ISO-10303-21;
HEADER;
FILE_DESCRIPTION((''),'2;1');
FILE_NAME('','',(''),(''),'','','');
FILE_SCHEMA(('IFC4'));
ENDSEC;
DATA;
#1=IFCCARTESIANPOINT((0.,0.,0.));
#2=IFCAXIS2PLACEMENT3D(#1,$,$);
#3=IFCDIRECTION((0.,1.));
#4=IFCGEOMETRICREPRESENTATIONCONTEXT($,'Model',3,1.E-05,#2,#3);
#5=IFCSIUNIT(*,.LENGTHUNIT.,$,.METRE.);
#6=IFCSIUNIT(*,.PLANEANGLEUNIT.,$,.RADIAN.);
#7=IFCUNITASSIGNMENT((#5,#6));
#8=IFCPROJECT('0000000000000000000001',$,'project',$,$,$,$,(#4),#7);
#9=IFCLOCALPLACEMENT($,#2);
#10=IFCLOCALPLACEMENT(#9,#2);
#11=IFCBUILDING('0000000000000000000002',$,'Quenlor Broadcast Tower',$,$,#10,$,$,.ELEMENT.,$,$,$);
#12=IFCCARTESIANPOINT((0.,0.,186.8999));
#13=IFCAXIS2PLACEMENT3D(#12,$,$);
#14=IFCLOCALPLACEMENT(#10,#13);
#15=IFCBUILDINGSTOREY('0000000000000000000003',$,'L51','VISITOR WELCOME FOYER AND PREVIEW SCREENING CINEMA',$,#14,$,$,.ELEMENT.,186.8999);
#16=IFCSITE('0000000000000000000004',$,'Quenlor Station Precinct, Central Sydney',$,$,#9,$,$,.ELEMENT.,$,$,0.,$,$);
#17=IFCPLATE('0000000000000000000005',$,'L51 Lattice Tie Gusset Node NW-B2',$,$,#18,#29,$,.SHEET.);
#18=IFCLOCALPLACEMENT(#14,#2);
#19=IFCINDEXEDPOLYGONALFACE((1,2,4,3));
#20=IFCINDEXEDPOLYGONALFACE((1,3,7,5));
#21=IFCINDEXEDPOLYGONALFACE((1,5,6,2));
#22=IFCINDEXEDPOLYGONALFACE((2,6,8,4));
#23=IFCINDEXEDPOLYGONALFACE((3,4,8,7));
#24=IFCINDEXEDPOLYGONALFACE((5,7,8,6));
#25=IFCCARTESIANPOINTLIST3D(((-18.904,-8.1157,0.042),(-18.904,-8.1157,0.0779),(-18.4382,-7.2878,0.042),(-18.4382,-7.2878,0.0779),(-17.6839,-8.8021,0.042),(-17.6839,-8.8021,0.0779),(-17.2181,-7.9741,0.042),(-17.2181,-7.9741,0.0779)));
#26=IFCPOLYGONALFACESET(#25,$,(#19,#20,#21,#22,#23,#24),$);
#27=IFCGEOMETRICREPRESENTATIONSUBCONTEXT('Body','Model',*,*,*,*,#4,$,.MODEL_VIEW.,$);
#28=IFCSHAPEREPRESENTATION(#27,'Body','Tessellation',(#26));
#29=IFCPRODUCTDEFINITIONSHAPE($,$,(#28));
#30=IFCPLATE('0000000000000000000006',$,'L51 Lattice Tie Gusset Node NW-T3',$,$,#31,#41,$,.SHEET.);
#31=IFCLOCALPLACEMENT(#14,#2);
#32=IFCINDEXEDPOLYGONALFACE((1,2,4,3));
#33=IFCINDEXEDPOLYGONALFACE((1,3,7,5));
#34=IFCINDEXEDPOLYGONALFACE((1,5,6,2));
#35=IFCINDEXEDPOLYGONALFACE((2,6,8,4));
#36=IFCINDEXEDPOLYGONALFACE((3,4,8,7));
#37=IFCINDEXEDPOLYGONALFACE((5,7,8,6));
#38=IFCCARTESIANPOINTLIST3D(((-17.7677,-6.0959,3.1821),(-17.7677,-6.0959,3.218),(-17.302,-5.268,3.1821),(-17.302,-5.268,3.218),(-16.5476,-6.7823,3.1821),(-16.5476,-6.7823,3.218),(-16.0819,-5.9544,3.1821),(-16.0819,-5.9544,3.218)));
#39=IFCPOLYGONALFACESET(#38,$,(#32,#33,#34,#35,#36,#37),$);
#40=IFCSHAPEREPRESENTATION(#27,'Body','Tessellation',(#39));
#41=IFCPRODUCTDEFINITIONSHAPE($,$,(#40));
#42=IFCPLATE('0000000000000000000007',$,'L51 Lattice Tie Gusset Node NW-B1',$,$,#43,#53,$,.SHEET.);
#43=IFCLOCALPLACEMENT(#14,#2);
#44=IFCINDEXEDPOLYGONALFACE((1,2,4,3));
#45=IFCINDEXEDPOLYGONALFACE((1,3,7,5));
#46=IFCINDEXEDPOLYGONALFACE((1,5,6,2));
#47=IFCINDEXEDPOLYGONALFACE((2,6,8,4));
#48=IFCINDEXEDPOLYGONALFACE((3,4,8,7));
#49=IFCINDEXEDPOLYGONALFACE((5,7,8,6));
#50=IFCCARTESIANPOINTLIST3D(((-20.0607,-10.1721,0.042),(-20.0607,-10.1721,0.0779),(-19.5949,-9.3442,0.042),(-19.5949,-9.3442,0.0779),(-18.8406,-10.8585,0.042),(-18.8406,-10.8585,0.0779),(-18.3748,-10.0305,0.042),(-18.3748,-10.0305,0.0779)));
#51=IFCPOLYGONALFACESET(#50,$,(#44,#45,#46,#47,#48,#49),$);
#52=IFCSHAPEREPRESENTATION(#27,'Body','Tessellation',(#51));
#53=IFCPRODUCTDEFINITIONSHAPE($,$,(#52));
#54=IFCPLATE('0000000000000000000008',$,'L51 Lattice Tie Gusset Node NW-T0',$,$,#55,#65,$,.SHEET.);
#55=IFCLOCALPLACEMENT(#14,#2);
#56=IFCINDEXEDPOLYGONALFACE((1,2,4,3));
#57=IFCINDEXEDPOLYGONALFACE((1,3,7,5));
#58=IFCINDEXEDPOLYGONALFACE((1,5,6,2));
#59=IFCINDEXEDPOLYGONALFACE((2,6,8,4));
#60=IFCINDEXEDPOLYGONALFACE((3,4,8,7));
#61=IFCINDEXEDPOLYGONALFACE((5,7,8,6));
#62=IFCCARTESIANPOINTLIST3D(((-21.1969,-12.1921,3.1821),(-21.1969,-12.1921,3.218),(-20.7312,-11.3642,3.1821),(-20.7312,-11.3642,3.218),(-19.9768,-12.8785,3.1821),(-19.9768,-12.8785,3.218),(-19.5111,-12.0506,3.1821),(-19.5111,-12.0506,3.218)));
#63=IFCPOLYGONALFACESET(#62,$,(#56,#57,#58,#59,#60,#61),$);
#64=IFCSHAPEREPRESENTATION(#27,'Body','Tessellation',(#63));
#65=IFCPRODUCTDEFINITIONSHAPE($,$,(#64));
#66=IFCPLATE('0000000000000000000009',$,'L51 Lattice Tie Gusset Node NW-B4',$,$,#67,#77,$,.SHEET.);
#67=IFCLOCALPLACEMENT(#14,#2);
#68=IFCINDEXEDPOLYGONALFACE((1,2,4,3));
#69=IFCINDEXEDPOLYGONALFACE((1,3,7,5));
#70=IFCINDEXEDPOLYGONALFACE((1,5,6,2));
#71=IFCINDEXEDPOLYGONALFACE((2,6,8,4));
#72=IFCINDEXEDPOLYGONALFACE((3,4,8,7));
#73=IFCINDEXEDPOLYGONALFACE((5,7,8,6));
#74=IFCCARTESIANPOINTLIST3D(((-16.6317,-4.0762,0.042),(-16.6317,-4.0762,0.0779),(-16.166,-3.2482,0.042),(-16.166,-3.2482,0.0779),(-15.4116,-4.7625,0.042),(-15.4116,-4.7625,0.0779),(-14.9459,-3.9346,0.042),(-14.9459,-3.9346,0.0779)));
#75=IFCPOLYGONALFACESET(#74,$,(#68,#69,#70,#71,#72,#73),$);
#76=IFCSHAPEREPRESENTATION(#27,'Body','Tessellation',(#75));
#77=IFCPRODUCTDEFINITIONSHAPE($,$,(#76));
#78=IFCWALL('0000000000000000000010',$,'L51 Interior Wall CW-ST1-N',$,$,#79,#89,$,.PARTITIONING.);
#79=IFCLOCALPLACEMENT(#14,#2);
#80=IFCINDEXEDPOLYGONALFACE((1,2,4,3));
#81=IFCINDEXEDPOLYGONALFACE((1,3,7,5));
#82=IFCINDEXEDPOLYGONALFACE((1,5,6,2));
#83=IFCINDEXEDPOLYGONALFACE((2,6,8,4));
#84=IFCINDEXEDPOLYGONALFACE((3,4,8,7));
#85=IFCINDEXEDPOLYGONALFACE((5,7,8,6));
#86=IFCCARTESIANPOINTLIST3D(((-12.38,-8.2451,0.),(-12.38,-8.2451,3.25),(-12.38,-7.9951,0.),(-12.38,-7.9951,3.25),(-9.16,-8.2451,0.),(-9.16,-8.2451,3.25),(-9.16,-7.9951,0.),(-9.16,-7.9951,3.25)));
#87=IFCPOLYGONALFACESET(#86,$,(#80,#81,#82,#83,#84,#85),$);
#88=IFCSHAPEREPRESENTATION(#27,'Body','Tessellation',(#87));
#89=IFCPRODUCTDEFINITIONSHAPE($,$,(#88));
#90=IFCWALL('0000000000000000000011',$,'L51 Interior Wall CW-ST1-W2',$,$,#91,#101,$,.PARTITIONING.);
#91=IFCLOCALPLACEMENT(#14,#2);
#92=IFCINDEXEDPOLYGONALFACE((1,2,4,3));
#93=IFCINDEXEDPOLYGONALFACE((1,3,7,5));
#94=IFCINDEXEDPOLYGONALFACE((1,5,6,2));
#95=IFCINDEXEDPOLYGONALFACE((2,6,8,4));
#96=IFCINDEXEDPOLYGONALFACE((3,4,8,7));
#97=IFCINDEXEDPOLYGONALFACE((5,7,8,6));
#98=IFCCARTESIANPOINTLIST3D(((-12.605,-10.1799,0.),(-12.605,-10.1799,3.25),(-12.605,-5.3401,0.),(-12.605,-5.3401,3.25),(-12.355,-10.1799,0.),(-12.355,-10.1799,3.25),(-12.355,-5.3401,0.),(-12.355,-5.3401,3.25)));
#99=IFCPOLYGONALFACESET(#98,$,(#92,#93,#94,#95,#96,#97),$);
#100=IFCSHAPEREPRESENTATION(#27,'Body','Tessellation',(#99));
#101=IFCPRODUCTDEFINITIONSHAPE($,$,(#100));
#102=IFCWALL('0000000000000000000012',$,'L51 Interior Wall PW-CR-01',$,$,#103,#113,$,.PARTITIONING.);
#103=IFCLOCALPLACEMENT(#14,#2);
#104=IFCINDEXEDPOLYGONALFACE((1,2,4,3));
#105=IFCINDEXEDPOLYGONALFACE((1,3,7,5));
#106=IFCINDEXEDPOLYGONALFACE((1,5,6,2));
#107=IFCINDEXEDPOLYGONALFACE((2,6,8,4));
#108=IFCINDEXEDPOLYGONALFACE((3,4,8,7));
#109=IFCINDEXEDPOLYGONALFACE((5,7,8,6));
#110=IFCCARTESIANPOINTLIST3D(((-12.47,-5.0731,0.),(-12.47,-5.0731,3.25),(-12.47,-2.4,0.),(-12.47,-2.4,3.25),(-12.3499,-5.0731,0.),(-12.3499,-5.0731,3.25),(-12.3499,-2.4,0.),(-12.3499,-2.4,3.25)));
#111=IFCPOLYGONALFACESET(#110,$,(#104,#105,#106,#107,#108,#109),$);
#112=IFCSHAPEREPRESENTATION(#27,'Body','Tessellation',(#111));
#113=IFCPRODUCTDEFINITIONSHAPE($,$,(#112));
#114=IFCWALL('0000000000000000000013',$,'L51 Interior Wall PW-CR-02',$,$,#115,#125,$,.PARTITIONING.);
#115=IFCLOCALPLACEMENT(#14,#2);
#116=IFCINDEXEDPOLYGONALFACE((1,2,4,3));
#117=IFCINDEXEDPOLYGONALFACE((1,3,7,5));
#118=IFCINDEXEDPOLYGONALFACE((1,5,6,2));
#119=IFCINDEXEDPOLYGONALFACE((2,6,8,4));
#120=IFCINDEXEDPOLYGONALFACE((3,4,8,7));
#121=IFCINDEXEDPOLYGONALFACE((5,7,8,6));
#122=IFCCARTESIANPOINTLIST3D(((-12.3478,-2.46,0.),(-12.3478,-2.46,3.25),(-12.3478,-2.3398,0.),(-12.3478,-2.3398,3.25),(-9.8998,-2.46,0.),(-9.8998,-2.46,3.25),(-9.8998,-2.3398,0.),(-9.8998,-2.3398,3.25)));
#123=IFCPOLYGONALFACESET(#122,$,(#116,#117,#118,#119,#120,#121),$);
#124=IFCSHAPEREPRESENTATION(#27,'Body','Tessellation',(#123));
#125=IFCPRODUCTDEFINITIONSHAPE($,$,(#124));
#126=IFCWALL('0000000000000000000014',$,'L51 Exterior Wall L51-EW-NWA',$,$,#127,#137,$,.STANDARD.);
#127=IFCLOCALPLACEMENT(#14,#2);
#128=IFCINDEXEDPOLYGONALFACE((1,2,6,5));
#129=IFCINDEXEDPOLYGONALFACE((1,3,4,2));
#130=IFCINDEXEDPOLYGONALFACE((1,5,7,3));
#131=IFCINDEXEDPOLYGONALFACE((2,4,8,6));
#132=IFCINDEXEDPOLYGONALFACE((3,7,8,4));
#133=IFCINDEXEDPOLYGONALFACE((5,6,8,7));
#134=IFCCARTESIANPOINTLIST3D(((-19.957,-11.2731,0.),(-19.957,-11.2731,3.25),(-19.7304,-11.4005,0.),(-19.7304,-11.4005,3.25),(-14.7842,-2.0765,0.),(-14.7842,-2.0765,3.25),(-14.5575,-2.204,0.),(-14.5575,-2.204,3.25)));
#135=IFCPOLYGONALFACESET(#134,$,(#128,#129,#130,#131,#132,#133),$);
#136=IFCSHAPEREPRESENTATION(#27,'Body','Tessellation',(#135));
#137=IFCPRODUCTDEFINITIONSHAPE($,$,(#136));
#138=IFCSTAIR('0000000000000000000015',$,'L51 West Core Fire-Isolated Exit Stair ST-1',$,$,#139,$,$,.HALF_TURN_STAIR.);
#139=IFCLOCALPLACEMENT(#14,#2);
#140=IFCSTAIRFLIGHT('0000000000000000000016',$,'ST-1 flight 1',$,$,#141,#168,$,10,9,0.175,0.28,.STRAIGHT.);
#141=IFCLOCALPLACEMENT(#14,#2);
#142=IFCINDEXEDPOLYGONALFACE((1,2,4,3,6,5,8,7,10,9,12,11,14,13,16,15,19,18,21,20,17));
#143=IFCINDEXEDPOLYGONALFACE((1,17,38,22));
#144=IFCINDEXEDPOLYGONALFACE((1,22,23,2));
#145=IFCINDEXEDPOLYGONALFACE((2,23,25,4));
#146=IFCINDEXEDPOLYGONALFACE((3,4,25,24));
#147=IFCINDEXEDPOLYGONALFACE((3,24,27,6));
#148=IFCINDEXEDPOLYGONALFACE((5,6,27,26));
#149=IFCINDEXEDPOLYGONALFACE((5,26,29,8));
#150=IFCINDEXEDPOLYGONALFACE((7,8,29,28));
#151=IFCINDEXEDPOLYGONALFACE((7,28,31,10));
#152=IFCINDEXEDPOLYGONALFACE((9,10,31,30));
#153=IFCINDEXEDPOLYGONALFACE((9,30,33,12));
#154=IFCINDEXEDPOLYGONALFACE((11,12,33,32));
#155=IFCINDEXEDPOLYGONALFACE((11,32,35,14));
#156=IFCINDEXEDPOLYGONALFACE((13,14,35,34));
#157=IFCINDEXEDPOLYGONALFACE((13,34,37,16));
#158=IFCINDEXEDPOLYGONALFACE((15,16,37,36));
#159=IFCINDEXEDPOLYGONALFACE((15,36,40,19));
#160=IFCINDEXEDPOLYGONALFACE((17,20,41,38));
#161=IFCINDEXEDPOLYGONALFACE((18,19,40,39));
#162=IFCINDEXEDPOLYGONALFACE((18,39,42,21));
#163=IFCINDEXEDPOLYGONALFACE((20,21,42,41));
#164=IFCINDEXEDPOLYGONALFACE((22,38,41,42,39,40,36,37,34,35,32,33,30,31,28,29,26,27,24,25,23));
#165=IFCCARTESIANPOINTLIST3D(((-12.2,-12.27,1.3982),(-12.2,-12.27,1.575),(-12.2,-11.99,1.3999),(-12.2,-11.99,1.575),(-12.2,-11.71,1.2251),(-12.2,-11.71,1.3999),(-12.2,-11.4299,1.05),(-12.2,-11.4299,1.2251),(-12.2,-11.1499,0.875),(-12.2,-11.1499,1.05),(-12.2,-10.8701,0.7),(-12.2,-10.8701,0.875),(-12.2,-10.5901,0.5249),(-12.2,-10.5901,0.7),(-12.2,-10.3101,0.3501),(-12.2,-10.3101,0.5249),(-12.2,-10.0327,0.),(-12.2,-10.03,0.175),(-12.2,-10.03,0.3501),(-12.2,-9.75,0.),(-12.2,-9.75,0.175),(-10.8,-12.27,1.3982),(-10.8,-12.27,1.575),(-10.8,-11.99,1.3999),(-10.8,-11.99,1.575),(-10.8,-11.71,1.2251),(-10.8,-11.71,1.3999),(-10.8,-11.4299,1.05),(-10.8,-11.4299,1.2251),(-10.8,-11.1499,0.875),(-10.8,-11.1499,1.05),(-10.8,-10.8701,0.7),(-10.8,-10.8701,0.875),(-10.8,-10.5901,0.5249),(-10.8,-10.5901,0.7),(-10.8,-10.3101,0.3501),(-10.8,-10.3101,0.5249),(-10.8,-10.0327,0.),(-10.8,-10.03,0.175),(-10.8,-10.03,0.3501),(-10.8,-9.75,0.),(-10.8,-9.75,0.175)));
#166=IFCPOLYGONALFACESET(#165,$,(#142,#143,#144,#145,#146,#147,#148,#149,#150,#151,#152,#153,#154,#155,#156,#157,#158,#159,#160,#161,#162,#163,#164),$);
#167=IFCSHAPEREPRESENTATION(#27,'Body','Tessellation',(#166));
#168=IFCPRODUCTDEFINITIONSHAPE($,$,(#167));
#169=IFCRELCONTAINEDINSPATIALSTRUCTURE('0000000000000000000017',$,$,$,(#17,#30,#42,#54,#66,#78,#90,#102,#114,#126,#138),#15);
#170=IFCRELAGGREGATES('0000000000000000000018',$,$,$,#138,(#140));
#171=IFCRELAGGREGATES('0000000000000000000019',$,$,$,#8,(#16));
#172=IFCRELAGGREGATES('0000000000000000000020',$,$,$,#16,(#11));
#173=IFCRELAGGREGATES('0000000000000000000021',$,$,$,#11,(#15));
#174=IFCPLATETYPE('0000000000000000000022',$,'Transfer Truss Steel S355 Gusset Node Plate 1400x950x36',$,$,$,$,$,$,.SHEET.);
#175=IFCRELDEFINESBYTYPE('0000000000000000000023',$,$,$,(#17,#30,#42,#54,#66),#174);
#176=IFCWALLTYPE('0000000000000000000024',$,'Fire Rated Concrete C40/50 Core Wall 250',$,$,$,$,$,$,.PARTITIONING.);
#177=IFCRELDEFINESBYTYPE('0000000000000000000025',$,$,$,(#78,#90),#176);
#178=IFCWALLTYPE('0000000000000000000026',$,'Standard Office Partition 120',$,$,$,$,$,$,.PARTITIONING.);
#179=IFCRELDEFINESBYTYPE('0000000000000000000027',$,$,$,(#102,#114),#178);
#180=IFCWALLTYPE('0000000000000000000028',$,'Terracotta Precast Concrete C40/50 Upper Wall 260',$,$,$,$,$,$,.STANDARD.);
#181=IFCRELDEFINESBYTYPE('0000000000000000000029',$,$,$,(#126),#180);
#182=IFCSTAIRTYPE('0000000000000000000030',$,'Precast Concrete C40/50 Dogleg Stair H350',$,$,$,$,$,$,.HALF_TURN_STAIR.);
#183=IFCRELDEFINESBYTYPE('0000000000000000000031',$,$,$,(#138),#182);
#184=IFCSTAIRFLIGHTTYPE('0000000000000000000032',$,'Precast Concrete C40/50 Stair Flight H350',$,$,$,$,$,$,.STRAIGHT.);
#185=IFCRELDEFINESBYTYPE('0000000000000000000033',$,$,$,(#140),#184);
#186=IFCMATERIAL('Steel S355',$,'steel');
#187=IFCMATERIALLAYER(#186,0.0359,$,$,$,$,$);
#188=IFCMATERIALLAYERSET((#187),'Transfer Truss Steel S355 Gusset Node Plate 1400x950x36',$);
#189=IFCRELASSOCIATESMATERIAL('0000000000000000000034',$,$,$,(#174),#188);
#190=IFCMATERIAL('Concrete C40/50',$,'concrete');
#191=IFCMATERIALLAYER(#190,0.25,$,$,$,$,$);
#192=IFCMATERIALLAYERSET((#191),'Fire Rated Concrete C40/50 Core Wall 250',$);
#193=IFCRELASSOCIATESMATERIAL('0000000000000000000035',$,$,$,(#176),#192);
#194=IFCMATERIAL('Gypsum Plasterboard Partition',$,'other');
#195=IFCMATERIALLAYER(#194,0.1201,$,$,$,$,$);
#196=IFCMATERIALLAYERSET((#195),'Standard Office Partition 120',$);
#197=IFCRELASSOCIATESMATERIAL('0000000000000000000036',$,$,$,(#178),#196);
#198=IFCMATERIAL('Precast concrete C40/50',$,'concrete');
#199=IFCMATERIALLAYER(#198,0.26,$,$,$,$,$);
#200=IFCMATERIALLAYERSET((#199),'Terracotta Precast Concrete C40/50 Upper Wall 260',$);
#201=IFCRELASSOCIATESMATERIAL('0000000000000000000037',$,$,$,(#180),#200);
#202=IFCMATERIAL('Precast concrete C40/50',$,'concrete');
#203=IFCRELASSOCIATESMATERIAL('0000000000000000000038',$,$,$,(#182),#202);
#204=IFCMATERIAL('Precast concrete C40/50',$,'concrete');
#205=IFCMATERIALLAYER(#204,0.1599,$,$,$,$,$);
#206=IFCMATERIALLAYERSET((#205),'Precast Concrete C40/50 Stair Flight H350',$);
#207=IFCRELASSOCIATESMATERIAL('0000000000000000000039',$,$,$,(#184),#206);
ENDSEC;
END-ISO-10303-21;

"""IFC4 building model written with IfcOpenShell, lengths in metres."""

from ifc_helpers import new_model, si_unit, direction, frame, frame_2d, origin, origin_2d, place, context, subcontext, project, spatial, polyline, rectangle, outline, extrude, material, layer, layer_set, type_object, element, aggregate, save


model = new_model("IFC4")

# Units and contexts
model_context = context("Model", 3, precision=1e-05, world=origin(), true_north=direction((0.0, 1.0)))
body_context = subcontext(model_context, "Body", "Model", "MODEL_VIEW")
ifc_project = project(units=[si_unit("LENGTHUNIT", "METRE"), si_unit("PLANEANGLEUNIT", "RADIAN")], contexts=[model_context])

# Site, building, storey
site_placement = place(None, origin())
site = spatial("IfcSite", under=ifc_project, at=site_placement, Name="Quenlor Station Precinct, Central Sydney", CompositionType="ELEMENT", RefElevation=0.0)
building_placement = place(site_placement, origin())
building = spatial("IfcBuilding", under=site, at=building_placement, Name="Quenlor Broadcast Tower", CompositionType="ELEMENT")
storey_placement = place(building_placement, frame((0.0, 0.0, 186.8999)))
storey = spatial("IfcBuildingStorey", under=building, at=storey_placement, Name="L51", Description="VISITOR WELCOME FOYER AND PREVIEW SCREENING CINEMA", CompositionType="ELEMENT", Elevation=186.8999)

# Plates
ifc_material_1 = material(Name="Steel S355", Category="steel")
ifc_layer_1 = layer(ifc_material_1, 0.0359)
ifc_layer_set_1 = layer_set([ifc_layer_1], Name="Transfer Truss Steel S355 Gusset Node Plate 1400x950x36")
plate_type = type_object("IfcPlateType", Name="Transfer Truss Steel S355 Gusset Node Plate 1400x950x36", PredefinedType="SHEET", material=ifc_layer_set_1)
for number, where, z_axis, x_axis, name in (
    (1, (-18.061, -8.0449, 0.042), (0.0, 0.0, 1.0), (-0.871556, 0.490295, 0.0), "L51 Lattice Tie Gusset Node NW-B2"),
    (2, (-16.9248, -6.0251, 3.1821), (0.0, 0.0, 1.0), (-0.871556, 0.490295, 0.0), "L51 Lattice Tie Gusset Node NW-T3"),
    (3, (-19.2178, -10.1013, 0.042), (0.0, 0.0, 1.0), (-0.871556, 0.490295, 0.0), "L51 Lattice Tie Gusset Node NW-B1"),
    (4, (-20.354, -12.1213, 3.1821), (0.0, 0.0, 1.0), (-0.871556, 0.490295, 0.0), "L51 Lattice Tie Gusset Node NW-T0"),
    (5, (-15.7888, -4.0054, 0.042), (0.0, 0.0, 1.0), (-0.871556, 0.490295, 0.0), "L51 Lattice Tie Gusset Node NW-B4"),
):
    element("IfcPlate", number, at=place(storey_placement, frame(where, z_axis=z_axis, x_axis=x_axis)), inside=storey, type_object=plate_type, Name=name, PredefinedType="SHEET", context=body_context, shape_type="SweptSolid", body=[
        extrude(rectangle(XDim=1.3999, YDim=0.95, at=origin_2d()), origin(), (0.0, 0.0, 1.0), 0.0359),
    ])

# Walls
ifc_material_2 = material(Name="Concrete C40/50", Category="concrete")
ifc_layer_2 = layer(ifc_material_2, 0.25)
ifc_layer_set_2 = layer_set([ifc_layer_2], Name="Fire Rated Concrete C40/50 Core Wall 250")
wall_type_1 = type_object("IfcWallType", Name="Fire Rated Concrete C40/50 Core Wall 250", PredefinedType="PARTITIONING", material=ifc_layer_set_2)
wall_1_placement = place(storey_placement, frame((-12.3799, -8.1201, 0.0), z_axis=(0.0, 0.0, 1.0), x_axis=(1.0, 0.0, 0.0)))
element("IfcWall", 6, at=wall_1_placement, inside=storey, type_object=wall_type_1, Name="L51 Interior Wall CW-ST1-N", PredefinedType="PARTITIONING", context=body_context, shape_type="SweptSolid", body=[
    extrude(rectangle(XDim=3.22, YDim=0.25, at=frame_2d((1.6099, 0.0))), origin(), (0.0, 0.0, 1.0), 3.25),
])
wall_2_placement = place(storey_placement, frame((-12.48, -10.1799, 0.0), z_axis=(0.0, 0.0, 1.0), x_axis=(0.0, 1.0, 0.0)))
element("IfcWall", 7, at=wall_2_placement, inside=storey, type_object=wall_type_1, Name="L51 Interior Wall CW-ST1-W2", PredefinedType="PARTITIONING", context=body_context, shape_type="SweptSolid", body=[
    extrude(rectangle(XDim=4.8398, YDim=0.25, at=frame_2d((2.4199, 0.0))), origin(), (0.0, 0.0, 1.0), 3.25),
])

# Walls
ifc_material_3 = material(Name="Gypsum Plasterboard Partition", Category="other")
ifc_layer_3 = layer(ifc_material_3, 0.1201)
ifc_layer_set_3 = layer_set([ifc_layer_3], Name="Standard Office Partition 120")
wall_type_2 = type_object("IfcWallType", Name="Standard Office Partition 120", PredefinedType="PARTITIONING", material=ifc_layer_set_3)
wall_3_placement = place(storey_placement, frame((-12.4099, -5.073, 0.0), z_axis=(0.0, 0.0, 1.0), x_axis=(0.0, 1.0, 0.0)))
element("IfcWall", 8, at=wall_3_placement, inside=storey, type_object=wall_type_2, Name="L51 Interior Wall PW-CR-01", PredefinedType="PARTITIONING", context=body_context, shape_type="SweptSolid", body=[
    extrude(rectangle(XDim=2.6731, YDim=0.1201, at=frame_2d((1.3364, 0.0))), origin(), (0.0, 0.0, 1.0), 3.25),
])
wall_4_placement = place(storey_placement, frame((-12.3479, -2.3999, 0.0), z_axis=(0.0, 0.0, 1.0), x_axis=(1.0, 0.0, 0.0)))
element("IfcWall", 9, at=wall_4_placement, inside=storey, type_object=wall_type_2, Name="L51 Interior Wall PW-CR-02", PredefinedType="PARTITIONING", context=body_context, shape_type="SweptSolid", body=[
    extrude(rectangle(XDim=2.448, YDim=0.1201, at=frame_2d((1.2241, 0.0))), origin(), (0.0, 0.0, 1.0), 3.25),
])
ifc_material_4 = material(Name="Precast concrete C40/50", Category="concrete")
ifc_layer_4 = layer(ifc_material_4, 0.26)
ifc_layer_set_4 = layer_set([ifc_layer_4], Name="Terracotta Precast Concrete C40/50 Upper Wall 260")
wall_type_3 = type_object("IfcWallType", Name="Terracotta Precast Concrete C40/50 Upper Wall 260", PredefinedType="STANDARD", material=ifc_layer_set_4)
wall_5_placement = place(storey_placement, frame((-19.8438, -11.3369, 0.0), z_axis=(0.0, 0.0, 1.0), x_axis=(0.490247, 0.871584, 0.0)))
element("IfcWall", 10, at=wall_5_placement, inside=storey, type_object=wall_type_3, Name="L51 Exterior Wall L51-EW-NWA", PredefinedType="STANDARD", context=body_context, shape_type="SweptSolid", body=[
    extrude(rectangle(XDim=10.5515, YDim=0.26, at=frame_2d((5.2759, 0.0))), origin(), (0.0, 0.0, 1.0), 3.25),
])

# Stair, stair flight
ifc_material_5 = material(Name="Precast concrete C40/50", Category="concrete")
stair_type = type_object("IfcStairType", Name="Precast Concrete C40/50 Dogleg Stair H350", PredefinedType="HALF_TURN_STAIR", material=ifc_material_5)
stair_placement = place(storey_placement, origin())
stair = element("IfcStair", 11, at=stair_placement, inside=storey, type_object=stair_type, Name="L51 West Core Fire-Isolated Exit Stair ST-1", PredefinedType="HALF_TURN_STAIR")
ifc_material_6 = material(Name="Precast concrete C40/50", Category="concrete")
ifc_layer_5 = layer(ifc_material_6, 0.1599)
ifc_layer_set_5 = layer_set([ifc_layer_5], Name="Precast Concrete C40/50 Stair Flight H350")
stair_flight_type = type_object("IfcStairFlightType", Name="Precast Concrete C40/50 Stair Flight H350", PredefinedType="STRAIGHT", material=ifc_layer_set_5)
stair_flight_placement = place(storey_placement, frame((-11.5, -9.75, 0.0), z_axis=(0.0, 0.0, 1.0), x_axis=(0.0, -1.0, 0.0)))
stair_flight = element("IfcStairFlight", 12, at=stair_flight_placement, type_object=stair_flight_type, Name="ST-1 flight 1", NumberOfRisers=10, NumberOfTreads=9, PredefinedType="STRAIGHT", RiserHeight=0.175, TreadLength=0.28, context=body_context, shape_type="SweptSolid", body=[
    extrude(outline(polyline([(0.0, 0.0), (0.0, 0.175), (0.28, 0.175), (0.28, 0.3501), (0.5601, 0.3501), (0.5601, 0.5249), (0.8401, 0.5249), (0.8401, 0.7), (1.1201, 0.7), (1.1201, 0.875), (1.3999, 0.875), (1.3999, 1.05), (1.6799, 1.05), (1.6799, 1.2251), (1.96, 1.2251), (1.96, 1.3999), (2.24, 1.3999), (2.24, 1.575), (2.52, 1.575), (2.52, 1.75), (2.52, 1.3982), (0.2827, 0.0), (0.0, 0.0)])), frame((0.0, 0.7, 0.0), z_axis=(0.0, -1.0, 0.0), x_axis=(1.0, 0.0, 0.0)), (0.0, 0.0, 1.0), 1.3999),
])
aggregate(stair, [stair_flight])

save(model, "model.ifc")
